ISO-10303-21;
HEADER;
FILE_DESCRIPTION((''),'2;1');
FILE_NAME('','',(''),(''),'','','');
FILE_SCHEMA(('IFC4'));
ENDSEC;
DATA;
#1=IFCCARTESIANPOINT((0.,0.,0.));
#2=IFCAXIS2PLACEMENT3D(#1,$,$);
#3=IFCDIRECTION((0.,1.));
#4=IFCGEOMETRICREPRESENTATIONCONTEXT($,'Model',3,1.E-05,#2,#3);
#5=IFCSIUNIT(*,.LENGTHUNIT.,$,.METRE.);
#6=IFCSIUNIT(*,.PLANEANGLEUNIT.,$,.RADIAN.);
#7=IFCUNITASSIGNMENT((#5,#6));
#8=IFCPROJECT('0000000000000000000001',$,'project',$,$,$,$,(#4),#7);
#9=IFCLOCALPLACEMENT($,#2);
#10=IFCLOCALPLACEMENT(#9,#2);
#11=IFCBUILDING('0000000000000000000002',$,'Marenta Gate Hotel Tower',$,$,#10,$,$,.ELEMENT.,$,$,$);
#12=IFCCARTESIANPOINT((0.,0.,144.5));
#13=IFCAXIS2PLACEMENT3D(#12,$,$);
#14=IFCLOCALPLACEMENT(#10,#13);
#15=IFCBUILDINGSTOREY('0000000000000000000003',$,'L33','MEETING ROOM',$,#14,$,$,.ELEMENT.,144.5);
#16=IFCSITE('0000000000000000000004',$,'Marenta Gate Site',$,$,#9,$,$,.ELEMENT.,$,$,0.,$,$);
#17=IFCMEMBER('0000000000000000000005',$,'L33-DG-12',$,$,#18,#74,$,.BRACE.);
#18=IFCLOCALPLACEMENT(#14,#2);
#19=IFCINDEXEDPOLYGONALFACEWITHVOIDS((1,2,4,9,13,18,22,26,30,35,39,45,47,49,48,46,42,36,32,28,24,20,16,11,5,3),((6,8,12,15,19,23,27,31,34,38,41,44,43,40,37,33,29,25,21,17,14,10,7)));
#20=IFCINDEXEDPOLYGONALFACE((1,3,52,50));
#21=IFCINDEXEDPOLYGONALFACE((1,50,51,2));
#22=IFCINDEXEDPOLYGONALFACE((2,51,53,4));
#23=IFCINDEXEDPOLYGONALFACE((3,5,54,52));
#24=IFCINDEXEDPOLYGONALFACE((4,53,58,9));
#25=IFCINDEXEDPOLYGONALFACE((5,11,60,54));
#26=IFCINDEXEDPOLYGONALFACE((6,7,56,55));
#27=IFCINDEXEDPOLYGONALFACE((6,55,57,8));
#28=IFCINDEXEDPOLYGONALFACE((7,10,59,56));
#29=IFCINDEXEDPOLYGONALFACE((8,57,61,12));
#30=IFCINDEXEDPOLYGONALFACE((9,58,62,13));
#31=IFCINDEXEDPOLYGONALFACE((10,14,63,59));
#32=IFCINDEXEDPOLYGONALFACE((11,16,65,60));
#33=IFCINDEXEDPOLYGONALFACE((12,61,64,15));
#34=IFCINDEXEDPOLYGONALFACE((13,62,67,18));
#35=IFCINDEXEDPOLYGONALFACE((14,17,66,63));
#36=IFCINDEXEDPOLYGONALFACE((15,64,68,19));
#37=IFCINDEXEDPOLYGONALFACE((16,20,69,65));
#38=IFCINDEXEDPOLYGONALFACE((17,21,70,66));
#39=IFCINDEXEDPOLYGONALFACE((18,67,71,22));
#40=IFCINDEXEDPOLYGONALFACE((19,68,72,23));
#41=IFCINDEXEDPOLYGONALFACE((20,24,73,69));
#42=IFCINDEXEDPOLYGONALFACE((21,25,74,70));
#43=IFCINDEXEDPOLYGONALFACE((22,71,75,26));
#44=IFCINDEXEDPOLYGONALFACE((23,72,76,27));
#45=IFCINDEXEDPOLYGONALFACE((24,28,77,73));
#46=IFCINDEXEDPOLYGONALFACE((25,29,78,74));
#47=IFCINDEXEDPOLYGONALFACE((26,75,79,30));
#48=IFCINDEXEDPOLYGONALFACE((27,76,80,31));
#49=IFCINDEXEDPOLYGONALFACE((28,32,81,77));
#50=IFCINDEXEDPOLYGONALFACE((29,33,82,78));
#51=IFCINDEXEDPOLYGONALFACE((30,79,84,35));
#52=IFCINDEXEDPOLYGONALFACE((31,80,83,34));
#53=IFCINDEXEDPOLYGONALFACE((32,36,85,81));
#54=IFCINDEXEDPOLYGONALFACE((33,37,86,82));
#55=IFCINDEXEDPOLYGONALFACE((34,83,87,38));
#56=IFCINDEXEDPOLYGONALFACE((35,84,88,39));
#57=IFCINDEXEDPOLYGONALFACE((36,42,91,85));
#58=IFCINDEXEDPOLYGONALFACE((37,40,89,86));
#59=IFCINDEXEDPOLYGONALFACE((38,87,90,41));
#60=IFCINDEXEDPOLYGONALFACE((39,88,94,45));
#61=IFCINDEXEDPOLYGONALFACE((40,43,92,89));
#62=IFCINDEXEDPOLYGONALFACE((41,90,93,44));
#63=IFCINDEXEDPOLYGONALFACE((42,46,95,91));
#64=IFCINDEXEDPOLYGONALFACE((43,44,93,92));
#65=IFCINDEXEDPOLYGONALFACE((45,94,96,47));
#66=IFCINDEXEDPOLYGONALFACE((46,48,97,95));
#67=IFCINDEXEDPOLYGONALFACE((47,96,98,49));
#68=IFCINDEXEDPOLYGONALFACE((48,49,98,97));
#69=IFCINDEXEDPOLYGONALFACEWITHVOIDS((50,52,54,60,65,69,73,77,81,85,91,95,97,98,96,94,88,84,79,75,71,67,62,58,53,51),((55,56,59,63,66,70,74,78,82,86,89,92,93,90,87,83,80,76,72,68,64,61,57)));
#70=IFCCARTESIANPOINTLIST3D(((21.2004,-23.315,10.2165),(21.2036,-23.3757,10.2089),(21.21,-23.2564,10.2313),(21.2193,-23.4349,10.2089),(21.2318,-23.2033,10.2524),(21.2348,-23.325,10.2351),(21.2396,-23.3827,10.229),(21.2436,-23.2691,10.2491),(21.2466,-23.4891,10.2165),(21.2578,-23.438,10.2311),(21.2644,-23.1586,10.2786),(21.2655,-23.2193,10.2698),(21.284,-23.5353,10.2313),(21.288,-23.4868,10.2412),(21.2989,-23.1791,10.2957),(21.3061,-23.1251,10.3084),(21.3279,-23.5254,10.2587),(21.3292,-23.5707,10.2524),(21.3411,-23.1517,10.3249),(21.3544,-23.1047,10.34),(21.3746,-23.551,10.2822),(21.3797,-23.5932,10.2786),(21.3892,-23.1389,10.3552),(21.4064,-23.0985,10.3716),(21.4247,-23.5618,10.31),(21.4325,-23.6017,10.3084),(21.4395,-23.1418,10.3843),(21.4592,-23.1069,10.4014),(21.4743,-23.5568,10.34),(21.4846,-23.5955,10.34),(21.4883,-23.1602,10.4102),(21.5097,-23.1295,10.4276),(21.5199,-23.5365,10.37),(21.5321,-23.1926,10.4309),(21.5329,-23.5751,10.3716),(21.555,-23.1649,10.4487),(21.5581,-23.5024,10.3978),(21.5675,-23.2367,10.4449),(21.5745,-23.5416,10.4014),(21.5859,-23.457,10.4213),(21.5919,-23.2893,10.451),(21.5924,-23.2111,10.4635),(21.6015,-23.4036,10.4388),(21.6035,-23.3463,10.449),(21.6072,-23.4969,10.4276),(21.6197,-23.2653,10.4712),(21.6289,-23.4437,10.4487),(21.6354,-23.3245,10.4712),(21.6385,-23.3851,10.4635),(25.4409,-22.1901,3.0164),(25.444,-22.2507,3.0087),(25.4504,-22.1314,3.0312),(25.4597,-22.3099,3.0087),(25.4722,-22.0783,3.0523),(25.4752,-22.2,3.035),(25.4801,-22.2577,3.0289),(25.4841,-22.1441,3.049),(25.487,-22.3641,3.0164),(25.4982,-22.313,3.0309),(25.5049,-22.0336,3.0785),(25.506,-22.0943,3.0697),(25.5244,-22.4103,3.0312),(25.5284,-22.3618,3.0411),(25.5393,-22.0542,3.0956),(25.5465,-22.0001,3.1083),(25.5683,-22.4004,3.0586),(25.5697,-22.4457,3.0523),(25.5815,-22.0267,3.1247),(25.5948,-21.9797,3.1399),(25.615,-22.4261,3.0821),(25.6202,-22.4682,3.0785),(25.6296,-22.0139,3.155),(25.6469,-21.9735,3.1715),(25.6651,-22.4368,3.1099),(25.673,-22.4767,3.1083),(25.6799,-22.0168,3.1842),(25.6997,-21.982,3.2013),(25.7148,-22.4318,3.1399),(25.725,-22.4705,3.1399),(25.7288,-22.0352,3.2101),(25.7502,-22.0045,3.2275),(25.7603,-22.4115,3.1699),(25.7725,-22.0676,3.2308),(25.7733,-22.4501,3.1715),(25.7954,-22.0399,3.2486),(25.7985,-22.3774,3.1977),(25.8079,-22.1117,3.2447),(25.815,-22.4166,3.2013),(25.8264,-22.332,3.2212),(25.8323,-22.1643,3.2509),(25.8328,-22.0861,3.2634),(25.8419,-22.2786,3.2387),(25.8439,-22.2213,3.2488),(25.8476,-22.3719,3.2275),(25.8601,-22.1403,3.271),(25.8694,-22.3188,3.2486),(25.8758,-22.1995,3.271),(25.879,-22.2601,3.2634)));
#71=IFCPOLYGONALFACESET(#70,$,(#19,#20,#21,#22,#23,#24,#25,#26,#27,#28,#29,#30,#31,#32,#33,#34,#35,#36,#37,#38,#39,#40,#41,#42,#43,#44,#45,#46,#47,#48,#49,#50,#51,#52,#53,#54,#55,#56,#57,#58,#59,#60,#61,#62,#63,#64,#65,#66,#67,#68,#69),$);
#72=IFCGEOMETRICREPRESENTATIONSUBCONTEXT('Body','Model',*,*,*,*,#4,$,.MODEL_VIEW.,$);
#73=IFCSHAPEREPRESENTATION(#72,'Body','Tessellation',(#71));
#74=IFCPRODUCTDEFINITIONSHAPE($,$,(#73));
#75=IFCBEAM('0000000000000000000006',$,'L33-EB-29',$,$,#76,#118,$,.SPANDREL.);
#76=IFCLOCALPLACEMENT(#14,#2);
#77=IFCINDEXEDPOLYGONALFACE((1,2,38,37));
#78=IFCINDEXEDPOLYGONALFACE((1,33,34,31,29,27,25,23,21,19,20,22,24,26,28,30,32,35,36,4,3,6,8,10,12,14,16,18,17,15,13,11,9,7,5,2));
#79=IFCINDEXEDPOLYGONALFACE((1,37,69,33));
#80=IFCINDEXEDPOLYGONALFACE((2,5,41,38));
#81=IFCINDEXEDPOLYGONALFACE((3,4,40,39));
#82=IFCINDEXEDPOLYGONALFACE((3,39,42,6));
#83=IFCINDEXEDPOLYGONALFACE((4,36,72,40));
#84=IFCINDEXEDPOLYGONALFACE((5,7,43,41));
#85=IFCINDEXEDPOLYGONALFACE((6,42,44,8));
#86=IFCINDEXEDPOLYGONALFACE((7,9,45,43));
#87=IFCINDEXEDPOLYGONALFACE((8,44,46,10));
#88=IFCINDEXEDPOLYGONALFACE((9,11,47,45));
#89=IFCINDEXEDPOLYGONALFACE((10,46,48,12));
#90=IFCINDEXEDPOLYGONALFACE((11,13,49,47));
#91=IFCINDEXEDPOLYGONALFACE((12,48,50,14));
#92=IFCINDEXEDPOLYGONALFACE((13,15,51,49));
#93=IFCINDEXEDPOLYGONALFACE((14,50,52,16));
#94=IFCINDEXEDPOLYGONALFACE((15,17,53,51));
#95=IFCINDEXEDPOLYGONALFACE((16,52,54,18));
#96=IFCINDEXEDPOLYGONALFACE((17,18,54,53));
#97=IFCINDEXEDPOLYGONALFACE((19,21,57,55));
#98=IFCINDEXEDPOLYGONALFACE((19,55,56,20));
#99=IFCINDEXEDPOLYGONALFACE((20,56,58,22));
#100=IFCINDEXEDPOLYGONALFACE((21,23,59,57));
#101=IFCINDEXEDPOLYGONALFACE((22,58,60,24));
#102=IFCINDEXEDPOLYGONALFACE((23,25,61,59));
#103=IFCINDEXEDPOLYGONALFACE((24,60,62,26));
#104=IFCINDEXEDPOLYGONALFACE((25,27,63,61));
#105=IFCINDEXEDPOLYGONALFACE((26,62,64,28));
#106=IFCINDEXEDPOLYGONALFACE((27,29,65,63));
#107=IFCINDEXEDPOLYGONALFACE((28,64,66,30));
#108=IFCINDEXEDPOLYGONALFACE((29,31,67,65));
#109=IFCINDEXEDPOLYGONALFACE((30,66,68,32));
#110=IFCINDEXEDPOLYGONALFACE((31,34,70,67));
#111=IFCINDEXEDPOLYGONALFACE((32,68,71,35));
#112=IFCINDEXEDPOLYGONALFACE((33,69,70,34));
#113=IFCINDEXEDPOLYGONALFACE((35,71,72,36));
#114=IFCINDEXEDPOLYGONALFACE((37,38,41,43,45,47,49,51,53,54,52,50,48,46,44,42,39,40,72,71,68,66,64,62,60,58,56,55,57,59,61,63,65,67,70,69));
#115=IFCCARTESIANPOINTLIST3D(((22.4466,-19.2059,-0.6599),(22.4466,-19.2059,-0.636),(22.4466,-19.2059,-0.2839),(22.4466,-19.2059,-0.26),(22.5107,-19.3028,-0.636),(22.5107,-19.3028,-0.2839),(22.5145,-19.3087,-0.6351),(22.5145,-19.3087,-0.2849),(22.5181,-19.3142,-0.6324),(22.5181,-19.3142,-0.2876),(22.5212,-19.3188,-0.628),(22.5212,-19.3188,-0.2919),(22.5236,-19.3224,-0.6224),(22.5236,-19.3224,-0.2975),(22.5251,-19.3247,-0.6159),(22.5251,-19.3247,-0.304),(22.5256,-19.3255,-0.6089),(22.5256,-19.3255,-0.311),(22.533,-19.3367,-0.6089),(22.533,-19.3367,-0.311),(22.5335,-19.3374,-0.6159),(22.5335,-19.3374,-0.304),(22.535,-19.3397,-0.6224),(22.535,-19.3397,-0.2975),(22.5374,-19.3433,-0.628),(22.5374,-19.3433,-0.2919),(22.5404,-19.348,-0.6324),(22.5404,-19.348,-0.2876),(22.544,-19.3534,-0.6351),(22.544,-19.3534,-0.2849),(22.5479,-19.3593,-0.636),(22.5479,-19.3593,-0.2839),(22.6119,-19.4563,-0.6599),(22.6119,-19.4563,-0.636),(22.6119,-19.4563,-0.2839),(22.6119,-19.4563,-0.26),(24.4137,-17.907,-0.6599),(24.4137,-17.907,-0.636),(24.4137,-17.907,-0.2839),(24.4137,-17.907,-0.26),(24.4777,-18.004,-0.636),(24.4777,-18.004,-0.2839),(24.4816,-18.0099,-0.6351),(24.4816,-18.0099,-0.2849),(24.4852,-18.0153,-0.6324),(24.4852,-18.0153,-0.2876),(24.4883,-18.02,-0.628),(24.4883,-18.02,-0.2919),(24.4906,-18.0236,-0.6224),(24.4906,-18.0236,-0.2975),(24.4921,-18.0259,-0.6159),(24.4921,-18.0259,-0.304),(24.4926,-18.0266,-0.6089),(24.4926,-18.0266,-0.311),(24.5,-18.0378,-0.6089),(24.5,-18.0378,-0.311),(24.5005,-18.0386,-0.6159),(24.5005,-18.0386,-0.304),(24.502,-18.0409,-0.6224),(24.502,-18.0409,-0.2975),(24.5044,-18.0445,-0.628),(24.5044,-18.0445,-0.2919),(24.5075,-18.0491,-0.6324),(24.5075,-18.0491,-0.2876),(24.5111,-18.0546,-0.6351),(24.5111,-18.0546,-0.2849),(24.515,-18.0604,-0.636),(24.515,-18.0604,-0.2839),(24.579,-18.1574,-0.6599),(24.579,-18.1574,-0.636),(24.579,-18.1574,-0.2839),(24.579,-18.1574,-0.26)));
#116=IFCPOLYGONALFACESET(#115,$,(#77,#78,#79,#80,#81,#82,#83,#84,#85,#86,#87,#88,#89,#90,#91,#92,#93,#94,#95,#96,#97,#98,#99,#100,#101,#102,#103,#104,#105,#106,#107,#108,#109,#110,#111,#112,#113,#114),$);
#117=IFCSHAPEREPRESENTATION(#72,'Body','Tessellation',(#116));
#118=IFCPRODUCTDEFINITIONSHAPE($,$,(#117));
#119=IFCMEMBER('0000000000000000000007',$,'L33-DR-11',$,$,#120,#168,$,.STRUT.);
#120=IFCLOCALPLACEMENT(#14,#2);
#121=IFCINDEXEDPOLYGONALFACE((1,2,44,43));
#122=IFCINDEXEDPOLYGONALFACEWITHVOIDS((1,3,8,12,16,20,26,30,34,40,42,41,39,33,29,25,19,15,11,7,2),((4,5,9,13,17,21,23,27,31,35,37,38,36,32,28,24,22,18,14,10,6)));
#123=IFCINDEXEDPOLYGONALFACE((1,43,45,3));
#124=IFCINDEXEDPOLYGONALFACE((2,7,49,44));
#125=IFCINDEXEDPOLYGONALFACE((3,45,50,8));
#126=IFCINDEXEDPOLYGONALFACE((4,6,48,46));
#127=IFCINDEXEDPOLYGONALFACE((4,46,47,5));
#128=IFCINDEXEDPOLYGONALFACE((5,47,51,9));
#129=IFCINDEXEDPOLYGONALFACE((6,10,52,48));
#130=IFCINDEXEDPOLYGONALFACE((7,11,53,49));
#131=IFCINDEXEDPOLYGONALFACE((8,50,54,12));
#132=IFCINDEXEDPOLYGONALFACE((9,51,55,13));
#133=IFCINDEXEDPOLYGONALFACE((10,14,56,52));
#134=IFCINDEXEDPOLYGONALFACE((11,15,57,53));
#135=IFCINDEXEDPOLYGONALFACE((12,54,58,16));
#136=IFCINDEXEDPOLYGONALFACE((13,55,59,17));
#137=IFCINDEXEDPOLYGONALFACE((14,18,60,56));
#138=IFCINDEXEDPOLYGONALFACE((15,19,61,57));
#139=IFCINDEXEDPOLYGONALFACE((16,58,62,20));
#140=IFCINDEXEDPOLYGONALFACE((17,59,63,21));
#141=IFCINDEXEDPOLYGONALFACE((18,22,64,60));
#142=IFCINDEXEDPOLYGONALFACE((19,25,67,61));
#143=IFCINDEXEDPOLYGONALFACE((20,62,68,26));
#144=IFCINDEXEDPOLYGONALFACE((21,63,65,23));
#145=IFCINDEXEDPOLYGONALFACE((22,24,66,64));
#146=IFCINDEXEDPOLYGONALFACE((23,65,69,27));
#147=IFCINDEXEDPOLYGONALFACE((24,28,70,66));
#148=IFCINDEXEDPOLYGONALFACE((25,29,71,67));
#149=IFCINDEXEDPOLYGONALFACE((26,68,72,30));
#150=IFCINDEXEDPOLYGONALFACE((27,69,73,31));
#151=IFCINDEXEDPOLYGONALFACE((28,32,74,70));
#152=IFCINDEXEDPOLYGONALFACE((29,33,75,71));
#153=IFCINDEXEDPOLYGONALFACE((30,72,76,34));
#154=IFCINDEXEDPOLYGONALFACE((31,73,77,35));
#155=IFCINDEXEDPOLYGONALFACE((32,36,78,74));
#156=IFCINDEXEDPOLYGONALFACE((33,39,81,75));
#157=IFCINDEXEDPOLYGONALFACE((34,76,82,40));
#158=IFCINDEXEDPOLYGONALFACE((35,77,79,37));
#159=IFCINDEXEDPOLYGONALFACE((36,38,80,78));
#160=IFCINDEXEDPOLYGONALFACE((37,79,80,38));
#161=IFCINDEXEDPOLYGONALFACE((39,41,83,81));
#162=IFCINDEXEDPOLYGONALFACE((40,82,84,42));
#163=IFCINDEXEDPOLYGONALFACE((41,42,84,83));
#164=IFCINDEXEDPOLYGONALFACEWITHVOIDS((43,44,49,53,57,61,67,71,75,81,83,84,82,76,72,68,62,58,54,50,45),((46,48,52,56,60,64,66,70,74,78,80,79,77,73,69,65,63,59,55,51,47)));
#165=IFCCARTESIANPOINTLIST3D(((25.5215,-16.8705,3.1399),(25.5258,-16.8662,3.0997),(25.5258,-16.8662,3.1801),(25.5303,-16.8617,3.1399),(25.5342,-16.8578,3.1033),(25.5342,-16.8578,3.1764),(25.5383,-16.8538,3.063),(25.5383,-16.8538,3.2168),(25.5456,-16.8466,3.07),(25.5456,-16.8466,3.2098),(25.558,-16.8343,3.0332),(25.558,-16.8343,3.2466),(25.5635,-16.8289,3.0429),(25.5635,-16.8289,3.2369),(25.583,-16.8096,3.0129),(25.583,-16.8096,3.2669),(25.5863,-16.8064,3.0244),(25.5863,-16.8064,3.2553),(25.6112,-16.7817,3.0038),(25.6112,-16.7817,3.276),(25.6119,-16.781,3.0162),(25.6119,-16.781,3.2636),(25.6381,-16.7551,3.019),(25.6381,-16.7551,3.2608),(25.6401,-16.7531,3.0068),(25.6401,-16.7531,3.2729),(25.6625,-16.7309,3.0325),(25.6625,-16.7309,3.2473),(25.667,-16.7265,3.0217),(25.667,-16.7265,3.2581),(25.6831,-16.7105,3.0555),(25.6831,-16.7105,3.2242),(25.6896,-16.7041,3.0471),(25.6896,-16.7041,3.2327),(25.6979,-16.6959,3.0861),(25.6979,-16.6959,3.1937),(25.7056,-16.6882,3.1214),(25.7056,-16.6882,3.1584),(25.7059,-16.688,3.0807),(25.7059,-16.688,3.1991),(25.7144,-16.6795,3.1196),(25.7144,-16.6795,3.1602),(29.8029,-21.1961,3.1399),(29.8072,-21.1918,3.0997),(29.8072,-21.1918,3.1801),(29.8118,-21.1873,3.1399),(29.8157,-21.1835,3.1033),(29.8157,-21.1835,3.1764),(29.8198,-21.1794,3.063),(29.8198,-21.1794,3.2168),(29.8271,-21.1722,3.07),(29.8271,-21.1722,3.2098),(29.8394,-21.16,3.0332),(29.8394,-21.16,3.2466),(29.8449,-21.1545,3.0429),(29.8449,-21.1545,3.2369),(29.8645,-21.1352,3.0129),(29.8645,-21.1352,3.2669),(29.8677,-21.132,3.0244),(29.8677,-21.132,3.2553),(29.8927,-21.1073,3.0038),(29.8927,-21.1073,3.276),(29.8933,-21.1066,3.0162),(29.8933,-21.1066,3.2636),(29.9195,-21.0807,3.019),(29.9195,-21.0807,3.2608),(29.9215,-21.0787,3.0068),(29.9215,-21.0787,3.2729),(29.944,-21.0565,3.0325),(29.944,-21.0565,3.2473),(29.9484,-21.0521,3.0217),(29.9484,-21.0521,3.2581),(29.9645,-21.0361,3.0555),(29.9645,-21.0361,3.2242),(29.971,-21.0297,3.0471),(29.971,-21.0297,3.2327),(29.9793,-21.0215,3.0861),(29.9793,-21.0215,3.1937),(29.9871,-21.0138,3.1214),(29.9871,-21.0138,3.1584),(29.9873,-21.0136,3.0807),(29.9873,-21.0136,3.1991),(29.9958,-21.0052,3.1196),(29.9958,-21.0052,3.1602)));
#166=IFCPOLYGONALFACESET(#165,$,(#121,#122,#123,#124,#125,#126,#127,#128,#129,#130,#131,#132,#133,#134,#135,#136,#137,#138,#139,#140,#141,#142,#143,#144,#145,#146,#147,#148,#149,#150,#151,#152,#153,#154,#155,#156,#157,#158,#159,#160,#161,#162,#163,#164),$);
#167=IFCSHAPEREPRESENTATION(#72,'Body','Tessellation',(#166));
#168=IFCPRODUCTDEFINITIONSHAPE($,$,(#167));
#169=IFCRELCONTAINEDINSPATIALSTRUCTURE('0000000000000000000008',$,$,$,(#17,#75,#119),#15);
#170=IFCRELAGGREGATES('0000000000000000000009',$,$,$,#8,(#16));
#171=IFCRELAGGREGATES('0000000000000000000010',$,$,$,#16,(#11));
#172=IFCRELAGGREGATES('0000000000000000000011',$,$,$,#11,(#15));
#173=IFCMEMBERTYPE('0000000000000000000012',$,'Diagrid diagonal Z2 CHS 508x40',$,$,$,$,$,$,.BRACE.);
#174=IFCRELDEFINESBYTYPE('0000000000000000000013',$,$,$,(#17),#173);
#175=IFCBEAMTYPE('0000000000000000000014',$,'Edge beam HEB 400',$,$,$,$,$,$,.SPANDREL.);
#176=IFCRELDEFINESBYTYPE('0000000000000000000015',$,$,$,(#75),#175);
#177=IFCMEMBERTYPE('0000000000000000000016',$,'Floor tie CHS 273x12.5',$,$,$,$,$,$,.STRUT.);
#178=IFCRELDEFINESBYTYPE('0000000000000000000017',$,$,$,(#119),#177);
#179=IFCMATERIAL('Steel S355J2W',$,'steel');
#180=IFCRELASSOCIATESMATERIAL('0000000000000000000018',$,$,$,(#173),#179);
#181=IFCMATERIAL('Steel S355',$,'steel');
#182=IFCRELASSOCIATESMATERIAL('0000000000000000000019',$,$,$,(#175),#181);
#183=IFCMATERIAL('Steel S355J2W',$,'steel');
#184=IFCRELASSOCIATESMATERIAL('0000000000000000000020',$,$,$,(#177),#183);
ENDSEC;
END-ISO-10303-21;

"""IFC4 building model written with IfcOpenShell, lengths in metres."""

from ifc_helpers import new_model, si_unit, direction, frame, origin, origin_2d, place, context, subcontext, project, spatial, hollow_circle, i_section, extrude, material, material_profile, profile_set, type_object, element, save


model = new_model("IFC4")

# Units and contexts
model_context = context("Model", 3, precision=1e-05, world=origin(), true_north=direction((0.0, 1.0)))
body_context = subcontext(model_context, "Body", "Model", "MODEL_VIEW")
ifc_project = project(units=[si_unit("LENGTHUNIT", "METRE"), si_unit("PLANEANGLEUNIT", "RADIAN")], contexts=[model_context])

# Site, building, storey
site_placement = place(None, origin())
site = spatial("IfcSite", under=ifc_project, at=site_placement, Name="Marenta Gate Site", CompositionType="ELEMENT", RefElevation=0.0)
building_placement = place(site_placement, origin())
building = spatial("IfcBuilding", under=site, at=building_placement, Name="Marenta Gate Hotel Tower", CompositionType="ELEMENT")
storey_placement = place(building_placement, frame((0.0, 0.0, 144.5)))
storey = spatial("IfcBuildingStorey", under=building, at=storey_placement, Name="L33", Description="MEETING ROOM", CompositionType="ELEMENT", Elevation=144.5)

# Member
ifc_material_1 = material(Name="Steel S355J2W", Category="steel")
ifc_material_profile_1 = material_profile(ifc_material_1, hollow_circle(Radius=0.2539, WallThickness=0.04, at=origin_2d()), Name="CHS 508x40")
ifc_profile_set_1 = profile_set([ifc_material_profile_1], Name="Steel S355J2W")
member_type_1 = type_object("IfcMemberType", Name="Diagrid diagonal Z2 CHS 508x40", PredefinedType="BRACE", material=ifc_profile_set_1)
member_1_placement = place(storey_placement, frame((25.6599, -22.2251, 3.1399), z_axis=(-0.502933, -0.133428, 0.853964), x_axis=(0.256429, -0.966563, 0.0)))
element("IfcMember", 1, at=member_1_placement, inside=storey, type_object=member_type_1, Name="L33-DG-12", PredefinedType="BRACE", context=body_context, shape_type="SweptSolid", body=[
    extrude(hollow_circle(Radius=0.2539, WallThickness=0.04, at=origin_2d()), origin(), (0.0, 0.0, 1.0), 8.4314),
])

# Beam
ifc_material_2 = material(Name="Steel S355", Category="steel")
ifc_material_profile_2 = material_profile(ifc_material_2, i_section(OverallWidth=0.3, OverallDepth=0.3999, WebThickness=0.0134, FlangeThickness=0.0239, FilletRadius=0.0271, at=origin_2d()), Name="HEB 400")
ifc_profile_set_2 = profile_set([ifc_material_profile_2], Name="Steel S355")
beam_type = type_object("IfcBeamType", Name="Edge beam HEB 400", PredefinedType="SPANDREL", material=ifc_profile_set_2)
beam_placement = place(storey_placement, frame((24.4963, -18.0322, -0.46), z_axis=(-0.834496, -0.551014, 0.0), x_axis=(0.551014, -0.834496, 0.0)))
element("IfcBeam", 2, at=beam_placement, inside=storey, type_object=beam_type, Name="L33-EB-29", PredefinedType="SPANDREL", context=body_context, shape_type="SweptSolid", body=[
    extrude(i_section(OverallWidth=0.3, OverallDepth=0.3999, WebThickness=0.0134, FlangeThickness=0.0239, FilletRadius=0.0271, at=origin_2d()), origin(), (0.0, 0.0, 1.0), 2.3572),
])

# Member
ifc_material_3 = material(Name="Steel S355J2W", Category="steel")
ifc_material_profile_3 = material_profile(ifc_material_3, hollow_circle(Radius=0.1365, WallThickness=0.0125, at=origin_2d()), Name="CHS 273x12.5")
ifc_profile_set_3 = profile_set([ifc_material_profile_3], Name="Steel S355J2W")
member_type_2 = type_object("IfcMemberType", Name="Floor tie CHS 273x12.5", PredefinedType="STRUT", material=ifc_profile_set_3)
member_2_placement = place(storey_placement, frame((29.8999, -21.1001, 3.1399), z_axis=(-0.703467, 0.710728, 0.0), x_axis=(-0.710728, -0.703467, 0.0)))
element("IfcMember", 3, at=member_2_placement, inside=storey, type_object=member_type_2, Name="L33-DR-11", PredefinedType="STRUT", context=body_context, shape_type="SweptSolid", body=[
    extrude(hollow_circle(Radius=0.1365, WallThickness=0.0125, at=origin_2d()), origin(), (0.0, 0.0, 1.0), 6.0862),
])

save(model, "model.ifc")
